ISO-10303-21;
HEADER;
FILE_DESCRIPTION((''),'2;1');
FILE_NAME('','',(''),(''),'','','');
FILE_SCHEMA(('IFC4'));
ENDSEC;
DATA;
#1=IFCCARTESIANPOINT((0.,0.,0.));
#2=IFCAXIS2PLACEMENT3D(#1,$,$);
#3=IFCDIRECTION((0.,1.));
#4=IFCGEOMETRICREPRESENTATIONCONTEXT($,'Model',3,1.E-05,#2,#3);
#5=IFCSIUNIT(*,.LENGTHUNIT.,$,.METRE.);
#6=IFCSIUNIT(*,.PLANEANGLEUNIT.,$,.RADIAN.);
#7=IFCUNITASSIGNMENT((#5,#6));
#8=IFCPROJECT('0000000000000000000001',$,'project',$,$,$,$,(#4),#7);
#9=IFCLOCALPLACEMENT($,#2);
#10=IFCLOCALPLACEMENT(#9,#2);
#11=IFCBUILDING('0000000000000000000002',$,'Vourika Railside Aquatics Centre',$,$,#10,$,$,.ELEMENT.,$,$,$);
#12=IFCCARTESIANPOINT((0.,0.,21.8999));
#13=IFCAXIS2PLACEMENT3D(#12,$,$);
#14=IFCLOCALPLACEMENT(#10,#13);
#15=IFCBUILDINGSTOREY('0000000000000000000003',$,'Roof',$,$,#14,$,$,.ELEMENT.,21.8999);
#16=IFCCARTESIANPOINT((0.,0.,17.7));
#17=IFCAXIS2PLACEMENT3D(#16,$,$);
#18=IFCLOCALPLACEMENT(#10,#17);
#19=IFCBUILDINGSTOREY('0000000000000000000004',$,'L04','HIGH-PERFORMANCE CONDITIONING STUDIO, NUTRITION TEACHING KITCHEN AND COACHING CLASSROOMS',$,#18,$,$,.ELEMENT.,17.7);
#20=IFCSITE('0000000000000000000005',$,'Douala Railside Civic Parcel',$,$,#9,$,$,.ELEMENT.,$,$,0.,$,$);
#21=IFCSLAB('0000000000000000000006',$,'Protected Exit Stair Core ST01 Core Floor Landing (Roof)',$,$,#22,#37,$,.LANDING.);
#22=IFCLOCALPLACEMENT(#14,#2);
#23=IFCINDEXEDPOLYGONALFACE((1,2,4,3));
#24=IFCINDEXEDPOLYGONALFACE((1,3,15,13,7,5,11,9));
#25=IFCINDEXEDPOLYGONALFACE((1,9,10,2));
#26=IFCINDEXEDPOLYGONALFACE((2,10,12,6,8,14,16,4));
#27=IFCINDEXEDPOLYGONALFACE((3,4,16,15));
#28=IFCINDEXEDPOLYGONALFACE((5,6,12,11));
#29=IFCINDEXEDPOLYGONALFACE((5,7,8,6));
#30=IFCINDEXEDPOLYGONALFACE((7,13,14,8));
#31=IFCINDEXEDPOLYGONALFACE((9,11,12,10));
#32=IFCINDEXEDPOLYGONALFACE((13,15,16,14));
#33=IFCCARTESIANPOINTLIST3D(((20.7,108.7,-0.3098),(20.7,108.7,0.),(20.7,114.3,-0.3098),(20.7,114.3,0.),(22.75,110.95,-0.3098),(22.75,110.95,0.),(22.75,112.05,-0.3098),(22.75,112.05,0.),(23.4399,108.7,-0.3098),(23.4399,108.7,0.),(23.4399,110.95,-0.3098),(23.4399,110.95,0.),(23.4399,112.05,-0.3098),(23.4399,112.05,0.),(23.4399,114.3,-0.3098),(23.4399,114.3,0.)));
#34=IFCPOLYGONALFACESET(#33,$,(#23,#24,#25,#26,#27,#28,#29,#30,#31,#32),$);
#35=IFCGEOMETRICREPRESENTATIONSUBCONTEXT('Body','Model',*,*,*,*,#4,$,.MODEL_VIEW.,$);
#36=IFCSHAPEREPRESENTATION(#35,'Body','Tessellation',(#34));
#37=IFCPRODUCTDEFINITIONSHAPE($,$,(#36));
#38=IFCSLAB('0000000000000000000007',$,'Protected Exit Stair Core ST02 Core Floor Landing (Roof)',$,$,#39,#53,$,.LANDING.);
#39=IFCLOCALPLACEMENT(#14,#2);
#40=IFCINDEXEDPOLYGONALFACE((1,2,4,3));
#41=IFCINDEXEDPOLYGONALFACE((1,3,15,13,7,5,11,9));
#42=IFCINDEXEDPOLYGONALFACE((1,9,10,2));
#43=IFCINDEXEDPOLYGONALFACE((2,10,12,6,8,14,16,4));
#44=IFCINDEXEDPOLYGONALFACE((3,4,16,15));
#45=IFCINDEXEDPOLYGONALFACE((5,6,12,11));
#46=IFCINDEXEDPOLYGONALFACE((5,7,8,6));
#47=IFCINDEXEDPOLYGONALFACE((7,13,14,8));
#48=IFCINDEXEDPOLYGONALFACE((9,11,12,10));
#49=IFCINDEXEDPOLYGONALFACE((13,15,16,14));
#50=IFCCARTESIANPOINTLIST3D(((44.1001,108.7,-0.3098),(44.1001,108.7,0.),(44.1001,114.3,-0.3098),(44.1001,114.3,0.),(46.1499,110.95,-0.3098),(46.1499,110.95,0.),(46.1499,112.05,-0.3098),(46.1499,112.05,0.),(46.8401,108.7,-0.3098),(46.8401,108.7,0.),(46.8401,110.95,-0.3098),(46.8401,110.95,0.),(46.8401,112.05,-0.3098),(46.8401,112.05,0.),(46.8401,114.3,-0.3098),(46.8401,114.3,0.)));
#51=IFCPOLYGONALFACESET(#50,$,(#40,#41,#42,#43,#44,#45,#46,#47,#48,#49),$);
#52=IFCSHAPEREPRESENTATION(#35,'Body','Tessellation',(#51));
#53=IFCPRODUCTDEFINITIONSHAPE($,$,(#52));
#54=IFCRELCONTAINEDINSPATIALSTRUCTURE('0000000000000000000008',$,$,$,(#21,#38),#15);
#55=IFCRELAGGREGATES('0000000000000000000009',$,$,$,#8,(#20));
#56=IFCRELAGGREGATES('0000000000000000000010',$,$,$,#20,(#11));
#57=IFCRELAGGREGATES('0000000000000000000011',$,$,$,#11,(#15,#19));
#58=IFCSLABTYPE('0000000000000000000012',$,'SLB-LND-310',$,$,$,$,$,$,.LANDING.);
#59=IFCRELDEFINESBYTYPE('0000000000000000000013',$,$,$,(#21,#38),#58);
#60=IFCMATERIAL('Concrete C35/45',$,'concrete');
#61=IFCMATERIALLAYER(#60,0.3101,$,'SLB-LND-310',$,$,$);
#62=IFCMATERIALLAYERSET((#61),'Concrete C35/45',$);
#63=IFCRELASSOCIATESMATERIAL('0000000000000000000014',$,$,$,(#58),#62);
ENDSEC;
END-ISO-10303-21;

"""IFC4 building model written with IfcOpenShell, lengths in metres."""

from ifc_helpers import new_model, si_unit, direction, frame, origin, place, context, subcontext, project, spatial, polyline, outline, extrude, material, layer, layer_set, type_object, element, save


model = new_model("IFC4")

# Units and contexts
model_context = context("Model", 3, precision=1e-05, world=origin(), true_north=direction((0.0, 1.0)))
body_context = subcontext(model_context, "Body", "Model", "MODEL_VIEW")
ifc_project = project(units=[si_unit("LENGTHUNIT", "METRE"), si_unit("PLANEANGLEUNIT", "RADIAN")], contexts=[model_context])

# Site, building, storey
site_placement = place(None, origin())
site = spatial("IfcSite", under=ifc_project, at=site_placement, Name="Douala Railside Civic Parcel", CompositionType="ELEMENT", RefElevation=0.0)
building_placement = place(site_placement, origin())
building = spatial("IfcBuilding", under=site, at=building_placement, Name="Vourika Railside Aquatics Centre", CompositionType="ELEMENT")
storey_1_placement = place(building_placement, frame((0.0, 0.0, 21.8999)))
storey_1 = spatial("IfcBuildingStorey", under=building, at=storey_1_placement, Name="Roof", CompositionType="ELEMENT", Elevation=21.8999)

# Slabs
ifc_material_1 = material(Name="Concrete C35/45", Category="concrete")
ifc_layer_1 = layer(ifc_material_1, 0.3101, Name="SLB-LND-310")
ifc_layer_set_1 = layer_set([ifc_layer_1], Name="Concrete C35/45")
slab_type_1 = type_object("IfcSlabType", Name="SLB-LND-310", PredefinedType="LANDING", material=ifc_layer_set_1)
slab_1_placement = place(storey_1_placement, frame((0.0, 0.0, -0.3098)))
element("IfcSlab", 1, at=slab_1_placement, inside=storey_1, type_object=slab_type_1, Name="Protected Exit Stair Core ST01 Core Floor Landing (Roof)", PredefinedType="LANDING", context=body_context, shape_type="SweptSolid", body=[
    extrude(outline(polyline([(20.7, 108.7), (23.4399, 108.7), (23.4399, 110.95), (22.75, 110.95), (22.75, 112.05), (23.4399, 112.05), (23.4399, 114.3), (20.7, 114.3), (20.7, 108.7)])), origin(), (0.0, 0.0, 1.0), 0.3098),
])
slab_2_placement = place(storey_1_placement, frame((0.0, 0.0, -0.3098)))
element("IfcSlab", 2, at=slab_2_placement, inside=storey_1, type_object=slab_type_1, Name="Protected Exit Stair Core ST02 Core Floor Landing (Roof)", PredefinedType="LANDING", context=body_context, shape_type="SweptSolid", body=[
    extrude(outline(polyline([(44.1001, 108.7), (46.8401, 108.7), (46.8401, 110.95), (46.1499, 110.95), (46.1499, 112.05), (46.8401, 112.05), (46.8401, 114.3), (44.1001, 114.3), (44.1001, 108.7)])), origin(), (0.0, 0.0, 1.0), 0.3098),
])

# Shared definitions
storey_2_placement = place(building_placement, frame((0.0, 0.0, 17.7)))
storey_2 = spatial("IfcBuildingStorey", under=building, at=storey_2_placement, Name="L04", Description="HIGH-PERFORMANCE CONDITIONING STUDIO, NUTRITION TEACHING KITCHEN AND COACHING CLASSROOMS", CompositionType="ELEMENT", Elevation=17.7)

save(model, "model.ifc")
